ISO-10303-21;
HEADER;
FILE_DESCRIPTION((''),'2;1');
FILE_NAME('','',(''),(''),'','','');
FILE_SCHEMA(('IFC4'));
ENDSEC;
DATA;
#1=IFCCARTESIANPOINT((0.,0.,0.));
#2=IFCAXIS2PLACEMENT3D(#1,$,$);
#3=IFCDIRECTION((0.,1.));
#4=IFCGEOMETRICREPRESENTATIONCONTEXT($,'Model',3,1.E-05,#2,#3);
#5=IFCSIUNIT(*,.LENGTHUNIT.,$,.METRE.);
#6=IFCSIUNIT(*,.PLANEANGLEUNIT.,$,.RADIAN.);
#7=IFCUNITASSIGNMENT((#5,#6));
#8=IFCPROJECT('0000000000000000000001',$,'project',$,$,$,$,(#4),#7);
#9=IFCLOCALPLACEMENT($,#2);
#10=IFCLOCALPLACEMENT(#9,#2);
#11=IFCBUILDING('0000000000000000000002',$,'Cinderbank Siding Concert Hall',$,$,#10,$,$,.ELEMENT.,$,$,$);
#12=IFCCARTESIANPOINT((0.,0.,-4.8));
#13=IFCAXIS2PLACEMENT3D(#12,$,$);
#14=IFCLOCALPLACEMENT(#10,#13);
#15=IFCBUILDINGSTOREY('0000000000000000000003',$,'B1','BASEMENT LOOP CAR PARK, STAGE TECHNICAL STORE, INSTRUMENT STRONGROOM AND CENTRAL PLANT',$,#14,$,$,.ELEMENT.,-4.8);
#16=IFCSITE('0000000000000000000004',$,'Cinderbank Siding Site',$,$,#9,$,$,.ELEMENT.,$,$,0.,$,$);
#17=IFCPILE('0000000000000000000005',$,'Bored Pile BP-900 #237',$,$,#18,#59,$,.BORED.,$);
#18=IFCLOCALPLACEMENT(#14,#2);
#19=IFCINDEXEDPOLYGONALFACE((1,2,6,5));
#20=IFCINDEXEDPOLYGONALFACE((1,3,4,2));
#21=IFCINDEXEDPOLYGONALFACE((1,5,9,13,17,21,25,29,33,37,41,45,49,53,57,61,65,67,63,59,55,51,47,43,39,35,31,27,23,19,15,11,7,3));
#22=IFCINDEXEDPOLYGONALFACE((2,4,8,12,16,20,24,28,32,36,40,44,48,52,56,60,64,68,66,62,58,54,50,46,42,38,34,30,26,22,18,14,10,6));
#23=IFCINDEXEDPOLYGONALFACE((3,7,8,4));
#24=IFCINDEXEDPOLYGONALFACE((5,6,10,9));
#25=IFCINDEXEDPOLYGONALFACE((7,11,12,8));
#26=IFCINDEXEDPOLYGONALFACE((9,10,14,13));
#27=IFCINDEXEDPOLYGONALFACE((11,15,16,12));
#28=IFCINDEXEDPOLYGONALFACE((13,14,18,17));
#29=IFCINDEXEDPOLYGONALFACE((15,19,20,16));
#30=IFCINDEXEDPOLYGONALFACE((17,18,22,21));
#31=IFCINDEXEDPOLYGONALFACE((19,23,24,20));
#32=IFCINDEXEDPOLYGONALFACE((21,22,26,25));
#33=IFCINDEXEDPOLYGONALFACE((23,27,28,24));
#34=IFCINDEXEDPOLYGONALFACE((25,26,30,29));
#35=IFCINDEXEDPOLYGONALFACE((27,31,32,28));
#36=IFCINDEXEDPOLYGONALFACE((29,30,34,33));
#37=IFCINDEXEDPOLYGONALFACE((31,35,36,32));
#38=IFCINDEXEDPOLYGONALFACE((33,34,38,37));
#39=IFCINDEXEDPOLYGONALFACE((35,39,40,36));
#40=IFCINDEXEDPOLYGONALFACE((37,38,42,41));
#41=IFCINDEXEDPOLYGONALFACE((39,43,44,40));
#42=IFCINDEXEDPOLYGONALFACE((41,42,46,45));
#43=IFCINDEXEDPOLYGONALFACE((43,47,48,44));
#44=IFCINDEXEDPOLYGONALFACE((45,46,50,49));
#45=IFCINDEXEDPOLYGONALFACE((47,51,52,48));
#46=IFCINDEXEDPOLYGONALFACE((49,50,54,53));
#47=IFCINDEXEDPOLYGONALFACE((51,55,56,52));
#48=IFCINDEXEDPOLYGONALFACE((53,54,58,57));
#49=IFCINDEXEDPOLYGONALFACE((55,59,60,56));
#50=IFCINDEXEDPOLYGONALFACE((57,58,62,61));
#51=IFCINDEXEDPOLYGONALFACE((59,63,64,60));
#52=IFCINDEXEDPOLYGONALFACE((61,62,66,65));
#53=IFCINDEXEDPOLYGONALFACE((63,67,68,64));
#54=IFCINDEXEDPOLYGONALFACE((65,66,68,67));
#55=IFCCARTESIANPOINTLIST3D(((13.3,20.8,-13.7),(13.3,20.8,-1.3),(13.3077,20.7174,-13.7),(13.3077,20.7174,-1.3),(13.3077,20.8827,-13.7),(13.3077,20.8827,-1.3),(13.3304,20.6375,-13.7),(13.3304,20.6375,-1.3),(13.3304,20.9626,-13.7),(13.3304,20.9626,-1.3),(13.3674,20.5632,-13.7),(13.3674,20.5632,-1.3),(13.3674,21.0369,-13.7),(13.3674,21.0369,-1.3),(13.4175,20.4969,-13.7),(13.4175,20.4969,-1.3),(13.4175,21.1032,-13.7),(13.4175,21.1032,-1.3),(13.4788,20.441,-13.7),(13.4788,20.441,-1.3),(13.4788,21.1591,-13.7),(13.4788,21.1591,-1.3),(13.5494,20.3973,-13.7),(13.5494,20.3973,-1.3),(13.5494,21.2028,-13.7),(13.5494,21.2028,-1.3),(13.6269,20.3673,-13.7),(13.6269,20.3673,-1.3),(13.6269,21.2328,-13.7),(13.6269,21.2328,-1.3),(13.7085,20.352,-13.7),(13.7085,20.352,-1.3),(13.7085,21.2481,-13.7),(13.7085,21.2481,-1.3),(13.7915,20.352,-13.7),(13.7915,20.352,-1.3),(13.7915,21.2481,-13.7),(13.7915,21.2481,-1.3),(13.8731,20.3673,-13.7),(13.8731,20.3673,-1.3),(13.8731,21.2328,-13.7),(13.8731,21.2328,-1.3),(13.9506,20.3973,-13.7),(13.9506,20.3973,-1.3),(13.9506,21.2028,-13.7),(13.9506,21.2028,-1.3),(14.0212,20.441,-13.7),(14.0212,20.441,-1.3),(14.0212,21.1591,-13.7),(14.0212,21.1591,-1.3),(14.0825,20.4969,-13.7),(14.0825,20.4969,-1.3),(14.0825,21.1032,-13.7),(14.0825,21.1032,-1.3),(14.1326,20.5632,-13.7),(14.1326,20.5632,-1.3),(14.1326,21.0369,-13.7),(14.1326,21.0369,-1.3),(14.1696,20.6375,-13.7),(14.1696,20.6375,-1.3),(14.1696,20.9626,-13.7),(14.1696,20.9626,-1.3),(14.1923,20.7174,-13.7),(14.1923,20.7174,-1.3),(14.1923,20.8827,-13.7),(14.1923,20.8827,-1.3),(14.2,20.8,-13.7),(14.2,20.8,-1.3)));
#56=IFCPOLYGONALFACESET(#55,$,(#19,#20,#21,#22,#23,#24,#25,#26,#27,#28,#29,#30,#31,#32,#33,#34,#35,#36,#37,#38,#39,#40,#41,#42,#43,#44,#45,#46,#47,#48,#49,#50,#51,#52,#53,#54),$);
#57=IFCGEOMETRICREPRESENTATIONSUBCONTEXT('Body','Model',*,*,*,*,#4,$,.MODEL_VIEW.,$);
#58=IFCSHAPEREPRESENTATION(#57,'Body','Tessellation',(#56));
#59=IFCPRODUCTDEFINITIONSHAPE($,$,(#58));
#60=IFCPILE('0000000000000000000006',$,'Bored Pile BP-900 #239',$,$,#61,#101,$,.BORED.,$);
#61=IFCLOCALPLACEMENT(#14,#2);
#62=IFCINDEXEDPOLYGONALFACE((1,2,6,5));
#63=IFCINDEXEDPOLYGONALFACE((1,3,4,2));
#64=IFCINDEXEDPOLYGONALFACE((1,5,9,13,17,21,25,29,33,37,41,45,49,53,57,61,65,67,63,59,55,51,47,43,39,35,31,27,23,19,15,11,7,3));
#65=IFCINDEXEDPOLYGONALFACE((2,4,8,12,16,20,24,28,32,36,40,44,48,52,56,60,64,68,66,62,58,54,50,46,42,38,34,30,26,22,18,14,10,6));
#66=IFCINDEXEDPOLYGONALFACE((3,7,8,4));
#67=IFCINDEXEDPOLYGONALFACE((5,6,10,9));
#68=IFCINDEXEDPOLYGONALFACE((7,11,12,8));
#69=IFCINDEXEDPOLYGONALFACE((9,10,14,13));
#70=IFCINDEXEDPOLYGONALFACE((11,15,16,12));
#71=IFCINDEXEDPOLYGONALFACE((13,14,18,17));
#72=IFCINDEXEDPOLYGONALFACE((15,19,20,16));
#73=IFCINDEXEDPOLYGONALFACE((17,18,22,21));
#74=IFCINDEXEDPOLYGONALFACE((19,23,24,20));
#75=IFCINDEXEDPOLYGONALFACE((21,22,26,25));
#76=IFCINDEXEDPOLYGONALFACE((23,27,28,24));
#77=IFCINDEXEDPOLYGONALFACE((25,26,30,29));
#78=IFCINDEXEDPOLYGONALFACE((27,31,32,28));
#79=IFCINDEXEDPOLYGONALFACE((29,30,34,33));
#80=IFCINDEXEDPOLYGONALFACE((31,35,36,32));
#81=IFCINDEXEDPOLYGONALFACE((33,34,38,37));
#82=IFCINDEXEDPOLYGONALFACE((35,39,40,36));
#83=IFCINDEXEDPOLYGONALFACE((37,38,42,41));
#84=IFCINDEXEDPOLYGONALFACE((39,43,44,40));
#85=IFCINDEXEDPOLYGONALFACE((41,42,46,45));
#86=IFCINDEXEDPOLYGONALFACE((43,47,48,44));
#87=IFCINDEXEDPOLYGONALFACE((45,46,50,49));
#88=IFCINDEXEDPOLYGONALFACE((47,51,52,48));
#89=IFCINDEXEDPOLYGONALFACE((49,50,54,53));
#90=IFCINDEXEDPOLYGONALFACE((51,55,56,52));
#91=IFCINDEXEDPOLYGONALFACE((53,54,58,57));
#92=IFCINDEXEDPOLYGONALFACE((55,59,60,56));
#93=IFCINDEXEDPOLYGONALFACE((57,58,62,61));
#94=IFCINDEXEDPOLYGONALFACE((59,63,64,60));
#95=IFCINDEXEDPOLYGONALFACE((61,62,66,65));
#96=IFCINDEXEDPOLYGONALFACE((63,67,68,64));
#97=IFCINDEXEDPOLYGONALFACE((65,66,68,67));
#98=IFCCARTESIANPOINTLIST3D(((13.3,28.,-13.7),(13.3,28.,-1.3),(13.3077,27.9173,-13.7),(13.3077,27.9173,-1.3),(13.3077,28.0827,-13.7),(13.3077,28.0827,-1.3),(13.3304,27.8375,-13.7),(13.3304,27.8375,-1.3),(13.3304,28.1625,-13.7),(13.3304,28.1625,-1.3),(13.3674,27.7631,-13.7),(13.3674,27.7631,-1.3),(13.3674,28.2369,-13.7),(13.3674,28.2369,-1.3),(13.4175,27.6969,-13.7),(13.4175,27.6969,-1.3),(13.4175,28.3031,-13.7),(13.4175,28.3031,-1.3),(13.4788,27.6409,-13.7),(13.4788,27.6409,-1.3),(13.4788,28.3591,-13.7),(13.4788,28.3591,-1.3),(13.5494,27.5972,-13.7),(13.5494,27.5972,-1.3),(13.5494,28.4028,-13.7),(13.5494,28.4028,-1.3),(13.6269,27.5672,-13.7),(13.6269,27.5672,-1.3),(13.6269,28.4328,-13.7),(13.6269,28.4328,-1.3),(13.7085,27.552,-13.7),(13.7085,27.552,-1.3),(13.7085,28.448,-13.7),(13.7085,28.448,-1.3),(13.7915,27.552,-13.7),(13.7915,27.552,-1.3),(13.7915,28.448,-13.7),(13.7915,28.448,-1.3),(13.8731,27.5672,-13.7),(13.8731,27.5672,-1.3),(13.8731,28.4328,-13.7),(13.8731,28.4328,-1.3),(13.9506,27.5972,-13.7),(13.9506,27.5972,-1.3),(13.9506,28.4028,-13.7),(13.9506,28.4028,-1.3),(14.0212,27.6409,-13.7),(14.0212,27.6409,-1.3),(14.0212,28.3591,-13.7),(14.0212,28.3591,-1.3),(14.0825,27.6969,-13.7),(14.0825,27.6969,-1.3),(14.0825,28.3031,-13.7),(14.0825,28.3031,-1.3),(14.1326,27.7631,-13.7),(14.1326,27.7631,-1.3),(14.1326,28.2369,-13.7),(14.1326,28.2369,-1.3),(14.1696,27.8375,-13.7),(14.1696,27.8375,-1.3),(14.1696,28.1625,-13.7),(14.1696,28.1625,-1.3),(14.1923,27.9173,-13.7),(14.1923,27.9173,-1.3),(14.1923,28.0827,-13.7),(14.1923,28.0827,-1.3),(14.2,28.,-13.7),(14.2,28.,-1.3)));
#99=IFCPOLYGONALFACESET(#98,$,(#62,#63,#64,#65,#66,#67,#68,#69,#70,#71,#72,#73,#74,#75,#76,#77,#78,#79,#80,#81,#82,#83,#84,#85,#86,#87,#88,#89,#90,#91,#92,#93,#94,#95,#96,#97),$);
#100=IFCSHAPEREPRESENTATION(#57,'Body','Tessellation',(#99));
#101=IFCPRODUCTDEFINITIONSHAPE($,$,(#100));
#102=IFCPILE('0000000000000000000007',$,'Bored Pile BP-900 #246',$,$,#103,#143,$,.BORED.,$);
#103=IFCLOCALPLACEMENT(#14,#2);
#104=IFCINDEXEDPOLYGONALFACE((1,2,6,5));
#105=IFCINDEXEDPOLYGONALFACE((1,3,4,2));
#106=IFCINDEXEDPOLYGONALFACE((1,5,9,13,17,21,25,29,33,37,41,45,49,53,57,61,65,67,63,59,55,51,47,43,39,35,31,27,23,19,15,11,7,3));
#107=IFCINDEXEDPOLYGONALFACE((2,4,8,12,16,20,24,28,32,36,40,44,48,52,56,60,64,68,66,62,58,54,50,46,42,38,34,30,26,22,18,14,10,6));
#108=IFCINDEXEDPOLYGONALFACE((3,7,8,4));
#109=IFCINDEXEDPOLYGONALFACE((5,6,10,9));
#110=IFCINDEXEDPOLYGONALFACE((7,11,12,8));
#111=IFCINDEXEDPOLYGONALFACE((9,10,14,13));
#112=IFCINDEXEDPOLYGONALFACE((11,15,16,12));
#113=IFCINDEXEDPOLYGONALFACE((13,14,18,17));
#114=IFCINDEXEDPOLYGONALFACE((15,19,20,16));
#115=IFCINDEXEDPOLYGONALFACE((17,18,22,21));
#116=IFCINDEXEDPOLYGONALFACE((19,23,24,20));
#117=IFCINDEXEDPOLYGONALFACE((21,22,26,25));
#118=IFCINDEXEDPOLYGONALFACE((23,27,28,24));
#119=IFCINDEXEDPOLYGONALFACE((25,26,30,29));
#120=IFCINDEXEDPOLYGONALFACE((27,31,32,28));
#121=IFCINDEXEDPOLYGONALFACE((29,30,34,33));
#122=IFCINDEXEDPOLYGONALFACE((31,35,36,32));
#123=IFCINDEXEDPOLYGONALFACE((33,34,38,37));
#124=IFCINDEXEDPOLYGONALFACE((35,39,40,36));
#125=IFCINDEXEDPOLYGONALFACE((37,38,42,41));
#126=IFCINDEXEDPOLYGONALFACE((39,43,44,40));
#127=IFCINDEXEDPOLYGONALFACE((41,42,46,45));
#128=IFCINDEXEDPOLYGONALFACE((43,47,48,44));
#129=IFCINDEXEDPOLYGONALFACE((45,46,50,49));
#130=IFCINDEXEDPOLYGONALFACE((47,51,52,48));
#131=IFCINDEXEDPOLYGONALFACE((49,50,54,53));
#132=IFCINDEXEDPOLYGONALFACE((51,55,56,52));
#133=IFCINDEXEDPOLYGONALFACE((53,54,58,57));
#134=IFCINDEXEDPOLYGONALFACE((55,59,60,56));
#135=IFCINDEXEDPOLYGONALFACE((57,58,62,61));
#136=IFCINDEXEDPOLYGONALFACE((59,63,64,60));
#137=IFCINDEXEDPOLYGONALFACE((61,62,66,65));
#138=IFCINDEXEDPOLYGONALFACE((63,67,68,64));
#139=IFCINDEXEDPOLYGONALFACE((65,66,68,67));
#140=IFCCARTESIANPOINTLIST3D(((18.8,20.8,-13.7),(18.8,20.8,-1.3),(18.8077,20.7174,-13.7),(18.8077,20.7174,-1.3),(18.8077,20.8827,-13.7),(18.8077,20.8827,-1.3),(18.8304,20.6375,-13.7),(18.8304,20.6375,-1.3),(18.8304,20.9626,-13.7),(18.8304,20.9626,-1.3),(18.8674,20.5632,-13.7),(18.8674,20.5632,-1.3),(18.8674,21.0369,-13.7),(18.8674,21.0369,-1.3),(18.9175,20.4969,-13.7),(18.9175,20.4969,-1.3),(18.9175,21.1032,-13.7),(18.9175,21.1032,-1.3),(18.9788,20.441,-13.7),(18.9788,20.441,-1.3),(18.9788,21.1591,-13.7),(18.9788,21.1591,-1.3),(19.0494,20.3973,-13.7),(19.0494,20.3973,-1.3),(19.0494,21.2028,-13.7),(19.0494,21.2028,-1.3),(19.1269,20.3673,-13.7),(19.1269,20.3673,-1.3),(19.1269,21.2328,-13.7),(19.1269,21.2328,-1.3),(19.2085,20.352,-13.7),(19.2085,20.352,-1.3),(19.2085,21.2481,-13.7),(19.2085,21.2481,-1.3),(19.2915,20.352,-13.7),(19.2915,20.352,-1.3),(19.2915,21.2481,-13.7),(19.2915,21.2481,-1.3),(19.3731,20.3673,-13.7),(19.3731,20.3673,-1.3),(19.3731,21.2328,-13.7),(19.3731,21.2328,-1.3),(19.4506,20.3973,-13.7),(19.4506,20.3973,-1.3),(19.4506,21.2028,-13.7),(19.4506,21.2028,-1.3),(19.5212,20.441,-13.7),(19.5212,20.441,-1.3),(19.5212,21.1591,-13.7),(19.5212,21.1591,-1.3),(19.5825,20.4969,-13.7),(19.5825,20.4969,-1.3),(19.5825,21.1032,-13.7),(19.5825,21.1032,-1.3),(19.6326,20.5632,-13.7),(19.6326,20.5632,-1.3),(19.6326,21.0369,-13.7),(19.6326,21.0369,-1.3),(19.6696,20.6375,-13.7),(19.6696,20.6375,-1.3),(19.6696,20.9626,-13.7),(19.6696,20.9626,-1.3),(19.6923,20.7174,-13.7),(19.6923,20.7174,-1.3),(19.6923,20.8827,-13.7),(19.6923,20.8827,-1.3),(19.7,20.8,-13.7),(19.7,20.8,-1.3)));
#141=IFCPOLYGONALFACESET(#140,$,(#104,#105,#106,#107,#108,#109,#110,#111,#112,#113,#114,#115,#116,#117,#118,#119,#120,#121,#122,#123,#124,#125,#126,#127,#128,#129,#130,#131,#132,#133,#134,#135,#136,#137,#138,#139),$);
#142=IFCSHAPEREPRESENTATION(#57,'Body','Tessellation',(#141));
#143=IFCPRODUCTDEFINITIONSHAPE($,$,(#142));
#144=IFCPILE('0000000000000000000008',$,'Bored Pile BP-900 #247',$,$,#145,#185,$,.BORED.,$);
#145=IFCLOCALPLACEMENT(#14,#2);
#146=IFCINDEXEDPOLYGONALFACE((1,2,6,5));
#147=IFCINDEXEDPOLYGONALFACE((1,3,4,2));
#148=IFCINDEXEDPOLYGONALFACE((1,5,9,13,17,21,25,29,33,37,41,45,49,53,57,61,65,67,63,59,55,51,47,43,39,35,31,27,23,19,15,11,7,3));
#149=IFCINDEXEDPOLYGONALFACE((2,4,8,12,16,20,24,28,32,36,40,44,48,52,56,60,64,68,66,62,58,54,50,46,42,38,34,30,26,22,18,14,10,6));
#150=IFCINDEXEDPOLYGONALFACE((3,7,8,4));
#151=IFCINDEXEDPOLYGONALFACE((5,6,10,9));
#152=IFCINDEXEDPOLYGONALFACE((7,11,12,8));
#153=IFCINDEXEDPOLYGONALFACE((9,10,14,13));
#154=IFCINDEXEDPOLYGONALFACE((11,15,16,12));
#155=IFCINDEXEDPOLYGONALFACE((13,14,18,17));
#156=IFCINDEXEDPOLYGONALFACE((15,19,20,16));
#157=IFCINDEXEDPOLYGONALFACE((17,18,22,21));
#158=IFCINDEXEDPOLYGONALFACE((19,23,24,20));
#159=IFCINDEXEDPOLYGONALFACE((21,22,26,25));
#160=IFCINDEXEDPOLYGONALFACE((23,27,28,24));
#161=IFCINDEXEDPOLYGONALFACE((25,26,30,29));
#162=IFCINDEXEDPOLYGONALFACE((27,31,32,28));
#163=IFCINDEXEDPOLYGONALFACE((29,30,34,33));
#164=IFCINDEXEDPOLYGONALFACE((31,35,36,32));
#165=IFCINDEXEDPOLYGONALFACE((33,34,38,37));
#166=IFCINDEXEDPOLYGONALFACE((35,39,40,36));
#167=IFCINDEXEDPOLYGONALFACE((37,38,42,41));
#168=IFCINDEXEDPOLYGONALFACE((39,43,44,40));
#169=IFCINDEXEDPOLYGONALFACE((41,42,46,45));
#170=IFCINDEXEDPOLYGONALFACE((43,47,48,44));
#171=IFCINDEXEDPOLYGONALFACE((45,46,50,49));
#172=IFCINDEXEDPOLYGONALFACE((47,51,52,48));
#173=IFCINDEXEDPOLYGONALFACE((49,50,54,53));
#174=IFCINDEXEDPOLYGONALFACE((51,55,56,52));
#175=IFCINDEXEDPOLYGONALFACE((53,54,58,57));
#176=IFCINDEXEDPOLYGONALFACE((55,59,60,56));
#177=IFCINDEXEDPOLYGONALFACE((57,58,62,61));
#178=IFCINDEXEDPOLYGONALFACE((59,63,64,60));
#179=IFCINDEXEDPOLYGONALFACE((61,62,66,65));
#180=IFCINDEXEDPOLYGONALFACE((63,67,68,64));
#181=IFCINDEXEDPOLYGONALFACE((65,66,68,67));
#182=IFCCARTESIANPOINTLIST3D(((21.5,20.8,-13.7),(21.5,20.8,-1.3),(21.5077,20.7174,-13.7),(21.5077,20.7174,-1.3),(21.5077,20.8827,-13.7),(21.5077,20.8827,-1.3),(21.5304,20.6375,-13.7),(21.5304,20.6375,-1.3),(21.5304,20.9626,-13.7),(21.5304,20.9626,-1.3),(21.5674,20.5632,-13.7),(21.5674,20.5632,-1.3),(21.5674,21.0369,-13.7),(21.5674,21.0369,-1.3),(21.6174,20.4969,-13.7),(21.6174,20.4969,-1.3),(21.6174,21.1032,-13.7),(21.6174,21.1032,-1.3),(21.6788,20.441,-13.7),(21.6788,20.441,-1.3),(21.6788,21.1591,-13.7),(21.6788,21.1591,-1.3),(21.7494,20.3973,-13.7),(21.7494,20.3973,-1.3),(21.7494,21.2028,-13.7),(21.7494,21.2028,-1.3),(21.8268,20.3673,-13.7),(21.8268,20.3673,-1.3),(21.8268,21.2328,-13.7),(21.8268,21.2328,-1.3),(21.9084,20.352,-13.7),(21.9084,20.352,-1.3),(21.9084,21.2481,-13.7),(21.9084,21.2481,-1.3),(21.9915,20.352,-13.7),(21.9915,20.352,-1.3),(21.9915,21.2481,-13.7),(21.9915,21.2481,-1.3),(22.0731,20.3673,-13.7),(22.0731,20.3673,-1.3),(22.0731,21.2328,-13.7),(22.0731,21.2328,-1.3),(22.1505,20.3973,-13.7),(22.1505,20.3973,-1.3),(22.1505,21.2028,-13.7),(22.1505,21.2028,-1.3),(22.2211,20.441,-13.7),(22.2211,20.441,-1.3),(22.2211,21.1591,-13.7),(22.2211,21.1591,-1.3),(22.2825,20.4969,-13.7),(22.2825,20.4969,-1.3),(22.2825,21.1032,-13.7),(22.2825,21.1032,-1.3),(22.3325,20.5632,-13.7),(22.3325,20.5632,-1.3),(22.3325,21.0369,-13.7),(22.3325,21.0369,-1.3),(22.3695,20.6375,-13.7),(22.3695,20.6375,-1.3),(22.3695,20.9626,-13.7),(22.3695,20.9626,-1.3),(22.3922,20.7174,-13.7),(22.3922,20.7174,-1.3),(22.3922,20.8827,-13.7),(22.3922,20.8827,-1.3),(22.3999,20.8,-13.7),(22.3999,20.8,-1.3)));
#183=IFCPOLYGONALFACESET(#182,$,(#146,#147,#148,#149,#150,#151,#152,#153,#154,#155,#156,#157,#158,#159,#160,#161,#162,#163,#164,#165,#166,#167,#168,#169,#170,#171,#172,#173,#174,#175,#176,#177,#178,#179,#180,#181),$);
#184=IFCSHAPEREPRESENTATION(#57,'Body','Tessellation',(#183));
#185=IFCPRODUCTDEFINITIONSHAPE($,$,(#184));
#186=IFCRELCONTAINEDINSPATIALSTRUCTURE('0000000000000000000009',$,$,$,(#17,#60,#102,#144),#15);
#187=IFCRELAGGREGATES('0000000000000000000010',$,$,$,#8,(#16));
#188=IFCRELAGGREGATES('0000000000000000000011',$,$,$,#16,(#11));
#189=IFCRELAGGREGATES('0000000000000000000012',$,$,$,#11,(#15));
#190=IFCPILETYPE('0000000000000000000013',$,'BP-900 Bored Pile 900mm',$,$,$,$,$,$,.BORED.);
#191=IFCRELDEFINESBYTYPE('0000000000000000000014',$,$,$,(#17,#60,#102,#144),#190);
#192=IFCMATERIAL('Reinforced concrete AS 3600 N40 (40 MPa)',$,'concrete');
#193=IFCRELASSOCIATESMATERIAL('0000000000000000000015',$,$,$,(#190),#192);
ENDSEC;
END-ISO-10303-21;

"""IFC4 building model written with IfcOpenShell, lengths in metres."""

from ifc_helpers import new_model, si_unit, direction, frame, origin, origin_2d, place, context, subcontext, project, spatial, circle, extrude, material, material_profile, profile_set, type_object, element, save


model = new_model("IFC4")

# Units and contexts
model_context = context("Model", 3, precision=1e-05, world=origin(), true_north=direction((0.0, 1.0)))
body_context = subcontext(model_context, "Body", "Model", "MODEL_VIEW")
ifc_project = project(units=[si_unit("LENGTHUNIT", "METRE"), si_unit("PLANEANGLEUNIT", "RADIAN")], contexts=[model_context])

# Site, building, storey
site_placement = place(None, origin())
site = spatial("IfcSite", under=ifc_project, at=site_placement, Name="Cinderbank Siding Site", CompositionType="ELEMENT", RefElevation=0.0)
building_placement = place(site_placement, origin())
building = spatial("IfcBuilding", under=site, at=building_placement, Name="Cinderbank Siding Concert Hall", CompositionType="ELEMENT")
storey_placement = place(building_placement, frame((0.0, 0.0, -4.8)))
storey = spatial("IfcBuildingStorey", under=building, at=storey_placement, Name="B1", Description="BASEMENT LOOP CAR PARK, STAGE TECHNICAL STORE, INSTRUMENT STRONGROOM AND CENTRAL PLANT", CompositionType="ELEMENT", Elevation=-4.8)

# Piles
ifc_material_1 = material(Name="Reinforced concrete AS 3600 N40 (40 MPa)", Category="concrete")
ifc_material_profile_1 = material_profile(ifc_material_1, circle(Radius=0.45, at=origin_2d()), Name="PILE-900DIA", Category="LoadBearing")
ifc_profile_set_1 = profile_set([ifc_material_profile_1], Name="Reinforced concrete AS 3600 N40 (40 MPa)")
pile_type = type_object("IfcPileType", Name="BP-900 Bored Pile 900mm", PredefinedType="BORED", material=ifc_profile_set_1)
for number, where, z_axis, x_axis, name in (
    (1, (13.75, 20.8, -1.3), (0.0, 0.0, -1.0), (1.0, 0.0, 0.0), "Bored Pile BP-900 #237"),
    (2, (13.75, 28.0, -1.3), (0.0, 0.0, -1.0), (1.0, 0.0, 0.0), "Bored Pile BP-900 #239"),
    (3, (19.25, 20.8, -1.3), (0.0, 0.0, -1.0), (1.0, 0.0, 0.0), "Bored Pile BP-900 #246"),
    (4, (21.95, 20.8, -1.3), (0.0, 0.0, -1.0), (1.0, 0.0, 0.0), "Bored Pile BP-900 #247"),
):
    element("IfcPile", number, at=place(storey_placement, frame(where, z_axis=z_axis, x_axis=x_axis)), inside=storey, type_object=pile_type, Name=name, PredefinedType="BORED", context=body_context, shape_type="SweptSolid", body=[
        extrude(circle(Radius=0.45, at=origin_2d()), origin(), (0.0, 0.0, 1.0), 12.3999),
    ])

save(model, "model.ifc")
